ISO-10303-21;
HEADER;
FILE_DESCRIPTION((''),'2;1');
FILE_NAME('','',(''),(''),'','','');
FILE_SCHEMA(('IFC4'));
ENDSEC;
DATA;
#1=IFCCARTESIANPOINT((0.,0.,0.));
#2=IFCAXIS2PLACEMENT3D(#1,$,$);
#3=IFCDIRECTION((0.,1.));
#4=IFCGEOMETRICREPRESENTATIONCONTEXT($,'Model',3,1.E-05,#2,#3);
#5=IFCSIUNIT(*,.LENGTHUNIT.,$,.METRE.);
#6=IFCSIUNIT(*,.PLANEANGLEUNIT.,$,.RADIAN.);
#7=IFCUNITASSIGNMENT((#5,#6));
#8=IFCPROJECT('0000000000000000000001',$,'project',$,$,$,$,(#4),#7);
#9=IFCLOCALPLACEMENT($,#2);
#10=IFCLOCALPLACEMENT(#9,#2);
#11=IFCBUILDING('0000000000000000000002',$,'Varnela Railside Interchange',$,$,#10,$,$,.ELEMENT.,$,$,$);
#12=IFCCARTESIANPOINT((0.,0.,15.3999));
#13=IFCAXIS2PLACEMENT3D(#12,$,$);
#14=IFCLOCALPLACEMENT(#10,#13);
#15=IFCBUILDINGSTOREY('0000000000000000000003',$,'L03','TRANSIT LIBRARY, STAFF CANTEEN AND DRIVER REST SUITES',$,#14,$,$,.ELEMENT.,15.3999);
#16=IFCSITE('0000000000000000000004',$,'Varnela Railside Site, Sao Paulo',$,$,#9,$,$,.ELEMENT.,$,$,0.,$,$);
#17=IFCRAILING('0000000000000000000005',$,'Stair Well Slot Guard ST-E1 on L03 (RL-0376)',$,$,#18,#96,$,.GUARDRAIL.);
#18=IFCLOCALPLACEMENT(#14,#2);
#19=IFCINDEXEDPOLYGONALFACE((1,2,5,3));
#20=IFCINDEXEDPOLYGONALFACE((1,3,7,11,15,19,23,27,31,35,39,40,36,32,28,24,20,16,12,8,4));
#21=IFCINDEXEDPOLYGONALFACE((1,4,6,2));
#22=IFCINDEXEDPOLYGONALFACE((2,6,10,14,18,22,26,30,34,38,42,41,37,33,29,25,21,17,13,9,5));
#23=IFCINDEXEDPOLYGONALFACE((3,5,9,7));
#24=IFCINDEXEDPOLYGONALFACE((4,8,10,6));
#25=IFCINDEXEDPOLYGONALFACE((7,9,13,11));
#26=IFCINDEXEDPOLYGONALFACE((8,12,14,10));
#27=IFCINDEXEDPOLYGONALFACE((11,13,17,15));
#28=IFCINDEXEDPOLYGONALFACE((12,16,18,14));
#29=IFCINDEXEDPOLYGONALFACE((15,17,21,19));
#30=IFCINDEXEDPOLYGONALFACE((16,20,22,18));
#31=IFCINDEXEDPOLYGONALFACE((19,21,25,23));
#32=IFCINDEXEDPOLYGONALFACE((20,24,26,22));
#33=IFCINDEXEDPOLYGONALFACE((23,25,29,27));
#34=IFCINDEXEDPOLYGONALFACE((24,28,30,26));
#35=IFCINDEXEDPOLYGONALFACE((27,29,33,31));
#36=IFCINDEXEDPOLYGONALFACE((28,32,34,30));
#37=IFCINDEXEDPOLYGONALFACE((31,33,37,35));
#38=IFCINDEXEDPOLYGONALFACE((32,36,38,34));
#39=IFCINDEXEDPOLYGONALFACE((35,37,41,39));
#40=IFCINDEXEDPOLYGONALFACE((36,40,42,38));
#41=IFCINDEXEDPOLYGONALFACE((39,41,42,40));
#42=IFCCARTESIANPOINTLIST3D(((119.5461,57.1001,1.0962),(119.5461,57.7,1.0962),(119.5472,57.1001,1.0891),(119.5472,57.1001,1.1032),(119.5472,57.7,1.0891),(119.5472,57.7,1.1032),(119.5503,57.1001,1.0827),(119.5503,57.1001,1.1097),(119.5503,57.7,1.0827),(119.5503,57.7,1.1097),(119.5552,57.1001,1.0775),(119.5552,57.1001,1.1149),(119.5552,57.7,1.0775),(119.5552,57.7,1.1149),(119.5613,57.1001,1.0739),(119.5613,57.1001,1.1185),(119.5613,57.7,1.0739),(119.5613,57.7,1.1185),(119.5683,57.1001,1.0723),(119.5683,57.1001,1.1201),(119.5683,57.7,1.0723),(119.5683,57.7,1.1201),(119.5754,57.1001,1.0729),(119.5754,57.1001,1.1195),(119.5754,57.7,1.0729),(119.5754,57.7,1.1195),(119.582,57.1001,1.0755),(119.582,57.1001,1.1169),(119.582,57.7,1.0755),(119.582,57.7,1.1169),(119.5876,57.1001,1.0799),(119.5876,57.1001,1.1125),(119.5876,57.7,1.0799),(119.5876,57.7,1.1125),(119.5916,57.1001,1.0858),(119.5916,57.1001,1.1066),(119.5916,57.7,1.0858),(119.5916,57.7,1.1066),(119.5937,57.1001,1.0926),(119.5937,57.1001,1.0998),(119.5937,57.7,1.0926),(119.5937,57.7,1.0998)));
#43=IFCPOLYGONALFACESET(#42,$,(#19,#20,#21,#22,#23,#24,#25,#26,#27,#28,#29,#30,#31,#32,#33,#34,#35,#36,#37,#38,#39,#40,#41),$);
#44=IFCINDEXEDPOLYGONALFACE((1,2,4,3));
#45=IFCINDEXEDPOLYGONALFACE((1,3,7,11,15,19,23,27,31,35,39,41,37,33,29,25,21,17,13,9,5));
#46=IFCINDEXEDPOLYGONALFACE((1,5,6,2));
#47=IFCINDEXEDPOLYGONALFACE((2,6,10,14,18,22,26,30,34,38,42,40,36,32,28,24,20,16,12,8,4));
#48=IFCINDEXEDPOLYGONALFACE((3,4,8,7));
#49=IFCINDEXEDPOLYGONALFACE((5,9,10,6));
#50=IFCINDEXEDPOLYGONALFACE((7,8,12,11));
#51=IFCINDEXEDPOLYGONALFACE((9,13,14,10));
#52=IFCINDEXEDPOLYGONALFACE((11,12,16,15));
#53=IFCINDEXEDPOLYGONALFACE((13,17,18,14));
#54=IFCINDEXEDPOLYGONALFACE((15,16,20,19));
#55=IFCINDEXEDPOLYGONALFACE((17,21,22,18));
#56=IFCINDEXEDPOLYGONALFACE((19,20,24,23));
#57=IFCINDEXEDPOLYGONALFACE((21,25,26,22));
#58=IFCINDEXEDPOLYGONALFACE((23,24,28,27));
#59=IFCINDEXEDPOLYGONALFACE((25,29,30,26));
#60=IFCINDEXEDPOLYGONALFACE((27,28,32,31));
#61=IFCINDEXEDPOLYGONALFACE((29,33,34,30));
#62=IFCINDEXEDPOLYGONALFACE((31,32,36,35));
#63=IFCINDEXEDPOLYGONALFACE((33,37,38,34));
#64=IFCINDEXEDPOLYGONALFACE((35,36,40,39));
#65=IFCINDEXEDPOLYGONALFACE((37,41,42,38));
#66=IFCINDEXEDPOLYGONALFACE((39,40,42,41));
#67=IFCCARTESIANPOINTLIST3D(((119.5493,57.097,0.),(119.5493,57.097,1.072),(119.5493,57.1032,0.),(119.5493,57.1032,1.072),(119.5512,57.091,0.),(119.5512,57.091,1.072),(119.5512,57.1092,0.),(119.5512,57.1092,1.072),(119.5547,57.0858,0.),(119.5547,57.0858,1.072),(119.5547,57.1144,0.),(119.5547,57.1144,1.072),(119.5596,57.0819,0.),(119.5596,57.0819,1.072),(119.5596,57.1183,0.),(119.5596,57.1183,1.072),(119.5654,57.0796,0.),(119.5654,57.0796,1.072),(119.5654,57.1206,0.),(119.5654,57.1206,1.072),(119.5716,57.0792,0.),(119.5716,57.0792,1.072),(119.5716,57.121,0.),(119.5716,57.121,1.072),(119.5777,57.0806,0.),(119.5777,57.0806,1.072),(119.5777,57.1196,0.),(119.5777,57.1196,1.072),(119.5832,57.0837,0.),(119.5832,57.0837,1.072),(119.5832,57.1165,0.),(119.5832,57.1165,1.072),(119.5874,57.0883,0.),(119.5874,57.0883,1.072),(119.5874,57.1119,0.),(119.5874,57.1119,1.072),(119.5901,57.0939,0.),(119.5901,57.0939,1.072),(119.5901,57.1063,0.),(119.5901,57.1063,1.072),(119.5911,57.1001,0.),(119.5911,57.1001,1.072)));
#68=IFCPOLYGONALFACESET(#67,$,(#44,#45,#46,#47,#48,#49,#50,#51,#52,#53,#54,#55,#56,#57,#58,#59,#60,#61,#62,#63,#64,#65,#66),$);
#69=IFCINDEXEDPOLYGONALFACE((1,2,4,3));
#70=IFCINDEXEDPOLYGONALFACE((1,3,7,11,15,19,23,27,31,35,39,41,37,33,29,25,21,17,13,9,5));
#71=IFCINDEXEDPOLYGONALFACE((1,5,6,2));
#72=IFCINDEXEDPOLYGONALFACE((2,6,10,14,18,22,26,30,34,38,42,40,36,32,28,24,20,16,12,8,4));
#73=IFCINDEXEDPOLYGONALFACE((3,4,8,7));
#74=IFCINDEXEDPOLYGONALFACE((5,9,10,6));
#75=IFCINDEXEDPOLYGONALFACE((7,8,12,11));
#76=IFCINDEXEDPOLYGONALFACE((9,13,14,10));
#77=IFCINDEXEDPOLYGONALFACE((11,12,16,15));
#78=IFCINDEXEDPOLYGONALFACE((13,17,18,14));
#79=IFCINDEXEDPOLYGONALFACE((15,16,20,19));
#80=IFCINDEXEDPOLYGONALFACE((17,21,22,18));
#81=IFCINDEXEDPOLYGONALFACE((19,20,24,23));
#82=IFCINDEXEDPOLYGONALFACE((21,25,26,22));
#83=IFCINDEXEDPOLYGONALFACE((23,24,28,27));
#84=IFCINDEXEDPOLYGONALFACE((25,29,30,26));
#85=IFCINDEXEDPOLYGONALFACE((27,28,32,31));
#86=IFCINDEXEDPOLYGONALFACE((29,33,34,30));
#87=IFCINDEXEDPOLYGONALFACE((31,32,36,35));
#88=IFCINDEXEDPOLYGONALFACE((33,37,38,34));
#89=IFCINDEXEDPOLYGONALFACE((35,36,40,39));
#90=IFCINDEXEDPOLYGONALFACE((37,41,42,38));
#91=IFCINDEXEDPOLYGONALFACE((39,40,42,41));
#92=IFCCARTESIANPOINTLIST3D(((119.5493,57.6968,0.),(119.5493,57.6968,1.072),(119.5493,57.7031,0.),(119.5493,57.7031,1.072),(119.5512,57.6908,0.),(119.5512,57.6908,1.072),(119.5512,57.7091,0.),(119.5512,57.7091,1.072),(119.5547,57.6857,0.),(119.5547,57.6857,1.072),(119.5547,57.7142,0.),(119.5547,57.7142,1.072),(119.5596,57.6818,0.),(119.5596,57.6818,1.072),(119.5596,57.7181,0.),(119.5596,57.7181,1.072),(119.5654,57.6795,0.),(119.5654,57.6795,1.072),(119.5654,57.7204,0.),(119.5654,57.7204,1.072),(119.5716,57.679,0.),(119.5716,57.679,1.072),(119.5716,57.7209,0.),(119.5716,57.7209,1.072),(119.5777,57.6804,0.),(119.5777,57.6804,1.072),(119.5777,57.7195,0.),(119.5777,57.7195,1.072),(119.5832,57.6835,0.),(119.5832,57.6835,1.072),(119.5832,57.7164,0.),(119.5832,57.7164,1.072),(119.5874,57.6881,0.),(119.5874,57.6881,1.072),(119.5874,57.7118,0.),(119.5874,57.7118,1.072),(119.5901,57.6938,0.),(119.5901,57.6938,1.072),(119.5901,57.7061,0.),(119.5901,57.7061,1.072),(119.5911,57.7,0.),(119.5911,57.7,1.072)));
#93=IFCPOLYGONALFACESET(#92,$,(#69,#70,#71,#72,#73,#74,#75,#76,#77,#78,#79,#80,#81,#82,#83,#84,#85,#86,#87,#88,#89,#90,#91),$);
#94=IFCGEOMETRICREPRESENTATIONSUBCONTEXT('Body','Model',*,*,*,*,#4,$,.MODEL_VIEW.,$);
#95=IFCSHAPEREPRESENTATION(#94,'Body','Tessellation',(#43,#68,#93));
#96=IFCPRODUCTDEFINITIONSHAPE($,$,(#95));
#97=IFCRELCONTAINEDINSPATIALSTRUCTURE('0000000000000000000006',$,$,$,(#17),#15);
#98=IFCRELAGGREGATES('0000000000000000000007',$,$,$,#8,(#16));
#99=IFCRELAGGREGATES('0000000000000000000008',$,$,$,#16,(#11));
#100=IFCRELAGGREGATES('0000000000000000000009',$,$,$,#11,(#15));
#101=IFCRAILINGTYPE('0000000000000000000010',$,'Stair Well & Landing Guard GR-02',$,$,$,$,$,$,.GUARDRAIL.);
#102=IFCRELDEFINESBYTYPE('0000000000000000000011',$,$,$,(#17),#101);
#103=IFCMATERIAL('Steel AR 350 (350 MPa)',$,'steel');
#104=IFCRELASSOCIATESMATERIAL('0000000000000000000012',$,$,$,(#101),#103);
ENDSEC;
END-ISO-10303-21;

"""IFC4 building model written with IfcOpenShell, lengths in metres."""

from ifc_helpers import new_model, si_unit, direction, frame, origin, origin_2d, place, context, subcontext, project, spatial, circle, extrude, material, type_object, element, save


model = new_model("IFC4")

# Units and contexts
model_context = context("Model", 3, precision=1e-05, world=origin(), true_north=direction((0.0, 1.0)))
body_context = subcontext(model_context, "Body", "Model", "MODEL_VIEW")
ifc_project = project(units=[si_unit("LENGTHUNIT", "METRE"), si_unit("PLANEANGLEUNIT", "RADIAN")], contexts=[model_context])

# Site, building, storey
site_placement = place(None, origin())
site = spatial("IfcSite", under=ifc_project, at=site_placement, Name="Varnela Railside Site, Sao Paulo", CompositionType="ELEMENT", RefElevation=0.0)
building_placement = place(site_placement, origin())
building = spatial("IfcBuilding", under=site, at=building_placement, Name="Varnela Railside Interchange", CompositionType="ELEMENT")
storey_placement = place(building_placement, frame((0.0, 0.0, 15.3999)))
storey = spatial("IfcBuildingStorey", under=building, at=storey_placement, Name="L03", Description="TRANSIT LIBRARY, STAFF CANTEEN AND DRIVER REST SUITES", CompositionType="ELEMENT", Elevation=15.3999)

# Shared definitions
ifc_material_1 = material(Name="Steel AR 350 (350 MPa)", Category="steel")

# Railing
railing_type_1 = type_object("IfcRailingType", Name="Stair Well & Landing Guard GR-02", PredefinedType="GUARDRAIL", material=ifc_material_1)
railing_1_placement = place(storey_placement, frame((119.5701, 57.1001, 0.0)))
element("IfcRailing", 1, at=railing_1_placement, inside=storey, type_object=railing_type_1, Name="Stair Well Slot Guard ST-E1 on L03 (RL-0376)", PredefinedType="GUARDRAIL", context=body_context, shape_type="SweptSolid", body=[
    extrude(circle(Radius=0.0239, at=origin_2d()), frame((0.0, 0.0, 1.0962), z_axis=(0.0, 1.0, 0.0), x_axis=(-1.0, 0.0, 0.0)), (0.0, 0.0, 1.0), 0.5999),
    extrude(circle(Radius=0.021, at=origin_2d()), origin(), (0.0, 0.0, 1.0), 1.072),
    extrude(circle(Radius=0.021, at=origin_2d()), frame((0.0, 0.5999, 0.0)), (0.0, 0.0, 1.0), 1.072),
])

save(model, "model.ifc")
